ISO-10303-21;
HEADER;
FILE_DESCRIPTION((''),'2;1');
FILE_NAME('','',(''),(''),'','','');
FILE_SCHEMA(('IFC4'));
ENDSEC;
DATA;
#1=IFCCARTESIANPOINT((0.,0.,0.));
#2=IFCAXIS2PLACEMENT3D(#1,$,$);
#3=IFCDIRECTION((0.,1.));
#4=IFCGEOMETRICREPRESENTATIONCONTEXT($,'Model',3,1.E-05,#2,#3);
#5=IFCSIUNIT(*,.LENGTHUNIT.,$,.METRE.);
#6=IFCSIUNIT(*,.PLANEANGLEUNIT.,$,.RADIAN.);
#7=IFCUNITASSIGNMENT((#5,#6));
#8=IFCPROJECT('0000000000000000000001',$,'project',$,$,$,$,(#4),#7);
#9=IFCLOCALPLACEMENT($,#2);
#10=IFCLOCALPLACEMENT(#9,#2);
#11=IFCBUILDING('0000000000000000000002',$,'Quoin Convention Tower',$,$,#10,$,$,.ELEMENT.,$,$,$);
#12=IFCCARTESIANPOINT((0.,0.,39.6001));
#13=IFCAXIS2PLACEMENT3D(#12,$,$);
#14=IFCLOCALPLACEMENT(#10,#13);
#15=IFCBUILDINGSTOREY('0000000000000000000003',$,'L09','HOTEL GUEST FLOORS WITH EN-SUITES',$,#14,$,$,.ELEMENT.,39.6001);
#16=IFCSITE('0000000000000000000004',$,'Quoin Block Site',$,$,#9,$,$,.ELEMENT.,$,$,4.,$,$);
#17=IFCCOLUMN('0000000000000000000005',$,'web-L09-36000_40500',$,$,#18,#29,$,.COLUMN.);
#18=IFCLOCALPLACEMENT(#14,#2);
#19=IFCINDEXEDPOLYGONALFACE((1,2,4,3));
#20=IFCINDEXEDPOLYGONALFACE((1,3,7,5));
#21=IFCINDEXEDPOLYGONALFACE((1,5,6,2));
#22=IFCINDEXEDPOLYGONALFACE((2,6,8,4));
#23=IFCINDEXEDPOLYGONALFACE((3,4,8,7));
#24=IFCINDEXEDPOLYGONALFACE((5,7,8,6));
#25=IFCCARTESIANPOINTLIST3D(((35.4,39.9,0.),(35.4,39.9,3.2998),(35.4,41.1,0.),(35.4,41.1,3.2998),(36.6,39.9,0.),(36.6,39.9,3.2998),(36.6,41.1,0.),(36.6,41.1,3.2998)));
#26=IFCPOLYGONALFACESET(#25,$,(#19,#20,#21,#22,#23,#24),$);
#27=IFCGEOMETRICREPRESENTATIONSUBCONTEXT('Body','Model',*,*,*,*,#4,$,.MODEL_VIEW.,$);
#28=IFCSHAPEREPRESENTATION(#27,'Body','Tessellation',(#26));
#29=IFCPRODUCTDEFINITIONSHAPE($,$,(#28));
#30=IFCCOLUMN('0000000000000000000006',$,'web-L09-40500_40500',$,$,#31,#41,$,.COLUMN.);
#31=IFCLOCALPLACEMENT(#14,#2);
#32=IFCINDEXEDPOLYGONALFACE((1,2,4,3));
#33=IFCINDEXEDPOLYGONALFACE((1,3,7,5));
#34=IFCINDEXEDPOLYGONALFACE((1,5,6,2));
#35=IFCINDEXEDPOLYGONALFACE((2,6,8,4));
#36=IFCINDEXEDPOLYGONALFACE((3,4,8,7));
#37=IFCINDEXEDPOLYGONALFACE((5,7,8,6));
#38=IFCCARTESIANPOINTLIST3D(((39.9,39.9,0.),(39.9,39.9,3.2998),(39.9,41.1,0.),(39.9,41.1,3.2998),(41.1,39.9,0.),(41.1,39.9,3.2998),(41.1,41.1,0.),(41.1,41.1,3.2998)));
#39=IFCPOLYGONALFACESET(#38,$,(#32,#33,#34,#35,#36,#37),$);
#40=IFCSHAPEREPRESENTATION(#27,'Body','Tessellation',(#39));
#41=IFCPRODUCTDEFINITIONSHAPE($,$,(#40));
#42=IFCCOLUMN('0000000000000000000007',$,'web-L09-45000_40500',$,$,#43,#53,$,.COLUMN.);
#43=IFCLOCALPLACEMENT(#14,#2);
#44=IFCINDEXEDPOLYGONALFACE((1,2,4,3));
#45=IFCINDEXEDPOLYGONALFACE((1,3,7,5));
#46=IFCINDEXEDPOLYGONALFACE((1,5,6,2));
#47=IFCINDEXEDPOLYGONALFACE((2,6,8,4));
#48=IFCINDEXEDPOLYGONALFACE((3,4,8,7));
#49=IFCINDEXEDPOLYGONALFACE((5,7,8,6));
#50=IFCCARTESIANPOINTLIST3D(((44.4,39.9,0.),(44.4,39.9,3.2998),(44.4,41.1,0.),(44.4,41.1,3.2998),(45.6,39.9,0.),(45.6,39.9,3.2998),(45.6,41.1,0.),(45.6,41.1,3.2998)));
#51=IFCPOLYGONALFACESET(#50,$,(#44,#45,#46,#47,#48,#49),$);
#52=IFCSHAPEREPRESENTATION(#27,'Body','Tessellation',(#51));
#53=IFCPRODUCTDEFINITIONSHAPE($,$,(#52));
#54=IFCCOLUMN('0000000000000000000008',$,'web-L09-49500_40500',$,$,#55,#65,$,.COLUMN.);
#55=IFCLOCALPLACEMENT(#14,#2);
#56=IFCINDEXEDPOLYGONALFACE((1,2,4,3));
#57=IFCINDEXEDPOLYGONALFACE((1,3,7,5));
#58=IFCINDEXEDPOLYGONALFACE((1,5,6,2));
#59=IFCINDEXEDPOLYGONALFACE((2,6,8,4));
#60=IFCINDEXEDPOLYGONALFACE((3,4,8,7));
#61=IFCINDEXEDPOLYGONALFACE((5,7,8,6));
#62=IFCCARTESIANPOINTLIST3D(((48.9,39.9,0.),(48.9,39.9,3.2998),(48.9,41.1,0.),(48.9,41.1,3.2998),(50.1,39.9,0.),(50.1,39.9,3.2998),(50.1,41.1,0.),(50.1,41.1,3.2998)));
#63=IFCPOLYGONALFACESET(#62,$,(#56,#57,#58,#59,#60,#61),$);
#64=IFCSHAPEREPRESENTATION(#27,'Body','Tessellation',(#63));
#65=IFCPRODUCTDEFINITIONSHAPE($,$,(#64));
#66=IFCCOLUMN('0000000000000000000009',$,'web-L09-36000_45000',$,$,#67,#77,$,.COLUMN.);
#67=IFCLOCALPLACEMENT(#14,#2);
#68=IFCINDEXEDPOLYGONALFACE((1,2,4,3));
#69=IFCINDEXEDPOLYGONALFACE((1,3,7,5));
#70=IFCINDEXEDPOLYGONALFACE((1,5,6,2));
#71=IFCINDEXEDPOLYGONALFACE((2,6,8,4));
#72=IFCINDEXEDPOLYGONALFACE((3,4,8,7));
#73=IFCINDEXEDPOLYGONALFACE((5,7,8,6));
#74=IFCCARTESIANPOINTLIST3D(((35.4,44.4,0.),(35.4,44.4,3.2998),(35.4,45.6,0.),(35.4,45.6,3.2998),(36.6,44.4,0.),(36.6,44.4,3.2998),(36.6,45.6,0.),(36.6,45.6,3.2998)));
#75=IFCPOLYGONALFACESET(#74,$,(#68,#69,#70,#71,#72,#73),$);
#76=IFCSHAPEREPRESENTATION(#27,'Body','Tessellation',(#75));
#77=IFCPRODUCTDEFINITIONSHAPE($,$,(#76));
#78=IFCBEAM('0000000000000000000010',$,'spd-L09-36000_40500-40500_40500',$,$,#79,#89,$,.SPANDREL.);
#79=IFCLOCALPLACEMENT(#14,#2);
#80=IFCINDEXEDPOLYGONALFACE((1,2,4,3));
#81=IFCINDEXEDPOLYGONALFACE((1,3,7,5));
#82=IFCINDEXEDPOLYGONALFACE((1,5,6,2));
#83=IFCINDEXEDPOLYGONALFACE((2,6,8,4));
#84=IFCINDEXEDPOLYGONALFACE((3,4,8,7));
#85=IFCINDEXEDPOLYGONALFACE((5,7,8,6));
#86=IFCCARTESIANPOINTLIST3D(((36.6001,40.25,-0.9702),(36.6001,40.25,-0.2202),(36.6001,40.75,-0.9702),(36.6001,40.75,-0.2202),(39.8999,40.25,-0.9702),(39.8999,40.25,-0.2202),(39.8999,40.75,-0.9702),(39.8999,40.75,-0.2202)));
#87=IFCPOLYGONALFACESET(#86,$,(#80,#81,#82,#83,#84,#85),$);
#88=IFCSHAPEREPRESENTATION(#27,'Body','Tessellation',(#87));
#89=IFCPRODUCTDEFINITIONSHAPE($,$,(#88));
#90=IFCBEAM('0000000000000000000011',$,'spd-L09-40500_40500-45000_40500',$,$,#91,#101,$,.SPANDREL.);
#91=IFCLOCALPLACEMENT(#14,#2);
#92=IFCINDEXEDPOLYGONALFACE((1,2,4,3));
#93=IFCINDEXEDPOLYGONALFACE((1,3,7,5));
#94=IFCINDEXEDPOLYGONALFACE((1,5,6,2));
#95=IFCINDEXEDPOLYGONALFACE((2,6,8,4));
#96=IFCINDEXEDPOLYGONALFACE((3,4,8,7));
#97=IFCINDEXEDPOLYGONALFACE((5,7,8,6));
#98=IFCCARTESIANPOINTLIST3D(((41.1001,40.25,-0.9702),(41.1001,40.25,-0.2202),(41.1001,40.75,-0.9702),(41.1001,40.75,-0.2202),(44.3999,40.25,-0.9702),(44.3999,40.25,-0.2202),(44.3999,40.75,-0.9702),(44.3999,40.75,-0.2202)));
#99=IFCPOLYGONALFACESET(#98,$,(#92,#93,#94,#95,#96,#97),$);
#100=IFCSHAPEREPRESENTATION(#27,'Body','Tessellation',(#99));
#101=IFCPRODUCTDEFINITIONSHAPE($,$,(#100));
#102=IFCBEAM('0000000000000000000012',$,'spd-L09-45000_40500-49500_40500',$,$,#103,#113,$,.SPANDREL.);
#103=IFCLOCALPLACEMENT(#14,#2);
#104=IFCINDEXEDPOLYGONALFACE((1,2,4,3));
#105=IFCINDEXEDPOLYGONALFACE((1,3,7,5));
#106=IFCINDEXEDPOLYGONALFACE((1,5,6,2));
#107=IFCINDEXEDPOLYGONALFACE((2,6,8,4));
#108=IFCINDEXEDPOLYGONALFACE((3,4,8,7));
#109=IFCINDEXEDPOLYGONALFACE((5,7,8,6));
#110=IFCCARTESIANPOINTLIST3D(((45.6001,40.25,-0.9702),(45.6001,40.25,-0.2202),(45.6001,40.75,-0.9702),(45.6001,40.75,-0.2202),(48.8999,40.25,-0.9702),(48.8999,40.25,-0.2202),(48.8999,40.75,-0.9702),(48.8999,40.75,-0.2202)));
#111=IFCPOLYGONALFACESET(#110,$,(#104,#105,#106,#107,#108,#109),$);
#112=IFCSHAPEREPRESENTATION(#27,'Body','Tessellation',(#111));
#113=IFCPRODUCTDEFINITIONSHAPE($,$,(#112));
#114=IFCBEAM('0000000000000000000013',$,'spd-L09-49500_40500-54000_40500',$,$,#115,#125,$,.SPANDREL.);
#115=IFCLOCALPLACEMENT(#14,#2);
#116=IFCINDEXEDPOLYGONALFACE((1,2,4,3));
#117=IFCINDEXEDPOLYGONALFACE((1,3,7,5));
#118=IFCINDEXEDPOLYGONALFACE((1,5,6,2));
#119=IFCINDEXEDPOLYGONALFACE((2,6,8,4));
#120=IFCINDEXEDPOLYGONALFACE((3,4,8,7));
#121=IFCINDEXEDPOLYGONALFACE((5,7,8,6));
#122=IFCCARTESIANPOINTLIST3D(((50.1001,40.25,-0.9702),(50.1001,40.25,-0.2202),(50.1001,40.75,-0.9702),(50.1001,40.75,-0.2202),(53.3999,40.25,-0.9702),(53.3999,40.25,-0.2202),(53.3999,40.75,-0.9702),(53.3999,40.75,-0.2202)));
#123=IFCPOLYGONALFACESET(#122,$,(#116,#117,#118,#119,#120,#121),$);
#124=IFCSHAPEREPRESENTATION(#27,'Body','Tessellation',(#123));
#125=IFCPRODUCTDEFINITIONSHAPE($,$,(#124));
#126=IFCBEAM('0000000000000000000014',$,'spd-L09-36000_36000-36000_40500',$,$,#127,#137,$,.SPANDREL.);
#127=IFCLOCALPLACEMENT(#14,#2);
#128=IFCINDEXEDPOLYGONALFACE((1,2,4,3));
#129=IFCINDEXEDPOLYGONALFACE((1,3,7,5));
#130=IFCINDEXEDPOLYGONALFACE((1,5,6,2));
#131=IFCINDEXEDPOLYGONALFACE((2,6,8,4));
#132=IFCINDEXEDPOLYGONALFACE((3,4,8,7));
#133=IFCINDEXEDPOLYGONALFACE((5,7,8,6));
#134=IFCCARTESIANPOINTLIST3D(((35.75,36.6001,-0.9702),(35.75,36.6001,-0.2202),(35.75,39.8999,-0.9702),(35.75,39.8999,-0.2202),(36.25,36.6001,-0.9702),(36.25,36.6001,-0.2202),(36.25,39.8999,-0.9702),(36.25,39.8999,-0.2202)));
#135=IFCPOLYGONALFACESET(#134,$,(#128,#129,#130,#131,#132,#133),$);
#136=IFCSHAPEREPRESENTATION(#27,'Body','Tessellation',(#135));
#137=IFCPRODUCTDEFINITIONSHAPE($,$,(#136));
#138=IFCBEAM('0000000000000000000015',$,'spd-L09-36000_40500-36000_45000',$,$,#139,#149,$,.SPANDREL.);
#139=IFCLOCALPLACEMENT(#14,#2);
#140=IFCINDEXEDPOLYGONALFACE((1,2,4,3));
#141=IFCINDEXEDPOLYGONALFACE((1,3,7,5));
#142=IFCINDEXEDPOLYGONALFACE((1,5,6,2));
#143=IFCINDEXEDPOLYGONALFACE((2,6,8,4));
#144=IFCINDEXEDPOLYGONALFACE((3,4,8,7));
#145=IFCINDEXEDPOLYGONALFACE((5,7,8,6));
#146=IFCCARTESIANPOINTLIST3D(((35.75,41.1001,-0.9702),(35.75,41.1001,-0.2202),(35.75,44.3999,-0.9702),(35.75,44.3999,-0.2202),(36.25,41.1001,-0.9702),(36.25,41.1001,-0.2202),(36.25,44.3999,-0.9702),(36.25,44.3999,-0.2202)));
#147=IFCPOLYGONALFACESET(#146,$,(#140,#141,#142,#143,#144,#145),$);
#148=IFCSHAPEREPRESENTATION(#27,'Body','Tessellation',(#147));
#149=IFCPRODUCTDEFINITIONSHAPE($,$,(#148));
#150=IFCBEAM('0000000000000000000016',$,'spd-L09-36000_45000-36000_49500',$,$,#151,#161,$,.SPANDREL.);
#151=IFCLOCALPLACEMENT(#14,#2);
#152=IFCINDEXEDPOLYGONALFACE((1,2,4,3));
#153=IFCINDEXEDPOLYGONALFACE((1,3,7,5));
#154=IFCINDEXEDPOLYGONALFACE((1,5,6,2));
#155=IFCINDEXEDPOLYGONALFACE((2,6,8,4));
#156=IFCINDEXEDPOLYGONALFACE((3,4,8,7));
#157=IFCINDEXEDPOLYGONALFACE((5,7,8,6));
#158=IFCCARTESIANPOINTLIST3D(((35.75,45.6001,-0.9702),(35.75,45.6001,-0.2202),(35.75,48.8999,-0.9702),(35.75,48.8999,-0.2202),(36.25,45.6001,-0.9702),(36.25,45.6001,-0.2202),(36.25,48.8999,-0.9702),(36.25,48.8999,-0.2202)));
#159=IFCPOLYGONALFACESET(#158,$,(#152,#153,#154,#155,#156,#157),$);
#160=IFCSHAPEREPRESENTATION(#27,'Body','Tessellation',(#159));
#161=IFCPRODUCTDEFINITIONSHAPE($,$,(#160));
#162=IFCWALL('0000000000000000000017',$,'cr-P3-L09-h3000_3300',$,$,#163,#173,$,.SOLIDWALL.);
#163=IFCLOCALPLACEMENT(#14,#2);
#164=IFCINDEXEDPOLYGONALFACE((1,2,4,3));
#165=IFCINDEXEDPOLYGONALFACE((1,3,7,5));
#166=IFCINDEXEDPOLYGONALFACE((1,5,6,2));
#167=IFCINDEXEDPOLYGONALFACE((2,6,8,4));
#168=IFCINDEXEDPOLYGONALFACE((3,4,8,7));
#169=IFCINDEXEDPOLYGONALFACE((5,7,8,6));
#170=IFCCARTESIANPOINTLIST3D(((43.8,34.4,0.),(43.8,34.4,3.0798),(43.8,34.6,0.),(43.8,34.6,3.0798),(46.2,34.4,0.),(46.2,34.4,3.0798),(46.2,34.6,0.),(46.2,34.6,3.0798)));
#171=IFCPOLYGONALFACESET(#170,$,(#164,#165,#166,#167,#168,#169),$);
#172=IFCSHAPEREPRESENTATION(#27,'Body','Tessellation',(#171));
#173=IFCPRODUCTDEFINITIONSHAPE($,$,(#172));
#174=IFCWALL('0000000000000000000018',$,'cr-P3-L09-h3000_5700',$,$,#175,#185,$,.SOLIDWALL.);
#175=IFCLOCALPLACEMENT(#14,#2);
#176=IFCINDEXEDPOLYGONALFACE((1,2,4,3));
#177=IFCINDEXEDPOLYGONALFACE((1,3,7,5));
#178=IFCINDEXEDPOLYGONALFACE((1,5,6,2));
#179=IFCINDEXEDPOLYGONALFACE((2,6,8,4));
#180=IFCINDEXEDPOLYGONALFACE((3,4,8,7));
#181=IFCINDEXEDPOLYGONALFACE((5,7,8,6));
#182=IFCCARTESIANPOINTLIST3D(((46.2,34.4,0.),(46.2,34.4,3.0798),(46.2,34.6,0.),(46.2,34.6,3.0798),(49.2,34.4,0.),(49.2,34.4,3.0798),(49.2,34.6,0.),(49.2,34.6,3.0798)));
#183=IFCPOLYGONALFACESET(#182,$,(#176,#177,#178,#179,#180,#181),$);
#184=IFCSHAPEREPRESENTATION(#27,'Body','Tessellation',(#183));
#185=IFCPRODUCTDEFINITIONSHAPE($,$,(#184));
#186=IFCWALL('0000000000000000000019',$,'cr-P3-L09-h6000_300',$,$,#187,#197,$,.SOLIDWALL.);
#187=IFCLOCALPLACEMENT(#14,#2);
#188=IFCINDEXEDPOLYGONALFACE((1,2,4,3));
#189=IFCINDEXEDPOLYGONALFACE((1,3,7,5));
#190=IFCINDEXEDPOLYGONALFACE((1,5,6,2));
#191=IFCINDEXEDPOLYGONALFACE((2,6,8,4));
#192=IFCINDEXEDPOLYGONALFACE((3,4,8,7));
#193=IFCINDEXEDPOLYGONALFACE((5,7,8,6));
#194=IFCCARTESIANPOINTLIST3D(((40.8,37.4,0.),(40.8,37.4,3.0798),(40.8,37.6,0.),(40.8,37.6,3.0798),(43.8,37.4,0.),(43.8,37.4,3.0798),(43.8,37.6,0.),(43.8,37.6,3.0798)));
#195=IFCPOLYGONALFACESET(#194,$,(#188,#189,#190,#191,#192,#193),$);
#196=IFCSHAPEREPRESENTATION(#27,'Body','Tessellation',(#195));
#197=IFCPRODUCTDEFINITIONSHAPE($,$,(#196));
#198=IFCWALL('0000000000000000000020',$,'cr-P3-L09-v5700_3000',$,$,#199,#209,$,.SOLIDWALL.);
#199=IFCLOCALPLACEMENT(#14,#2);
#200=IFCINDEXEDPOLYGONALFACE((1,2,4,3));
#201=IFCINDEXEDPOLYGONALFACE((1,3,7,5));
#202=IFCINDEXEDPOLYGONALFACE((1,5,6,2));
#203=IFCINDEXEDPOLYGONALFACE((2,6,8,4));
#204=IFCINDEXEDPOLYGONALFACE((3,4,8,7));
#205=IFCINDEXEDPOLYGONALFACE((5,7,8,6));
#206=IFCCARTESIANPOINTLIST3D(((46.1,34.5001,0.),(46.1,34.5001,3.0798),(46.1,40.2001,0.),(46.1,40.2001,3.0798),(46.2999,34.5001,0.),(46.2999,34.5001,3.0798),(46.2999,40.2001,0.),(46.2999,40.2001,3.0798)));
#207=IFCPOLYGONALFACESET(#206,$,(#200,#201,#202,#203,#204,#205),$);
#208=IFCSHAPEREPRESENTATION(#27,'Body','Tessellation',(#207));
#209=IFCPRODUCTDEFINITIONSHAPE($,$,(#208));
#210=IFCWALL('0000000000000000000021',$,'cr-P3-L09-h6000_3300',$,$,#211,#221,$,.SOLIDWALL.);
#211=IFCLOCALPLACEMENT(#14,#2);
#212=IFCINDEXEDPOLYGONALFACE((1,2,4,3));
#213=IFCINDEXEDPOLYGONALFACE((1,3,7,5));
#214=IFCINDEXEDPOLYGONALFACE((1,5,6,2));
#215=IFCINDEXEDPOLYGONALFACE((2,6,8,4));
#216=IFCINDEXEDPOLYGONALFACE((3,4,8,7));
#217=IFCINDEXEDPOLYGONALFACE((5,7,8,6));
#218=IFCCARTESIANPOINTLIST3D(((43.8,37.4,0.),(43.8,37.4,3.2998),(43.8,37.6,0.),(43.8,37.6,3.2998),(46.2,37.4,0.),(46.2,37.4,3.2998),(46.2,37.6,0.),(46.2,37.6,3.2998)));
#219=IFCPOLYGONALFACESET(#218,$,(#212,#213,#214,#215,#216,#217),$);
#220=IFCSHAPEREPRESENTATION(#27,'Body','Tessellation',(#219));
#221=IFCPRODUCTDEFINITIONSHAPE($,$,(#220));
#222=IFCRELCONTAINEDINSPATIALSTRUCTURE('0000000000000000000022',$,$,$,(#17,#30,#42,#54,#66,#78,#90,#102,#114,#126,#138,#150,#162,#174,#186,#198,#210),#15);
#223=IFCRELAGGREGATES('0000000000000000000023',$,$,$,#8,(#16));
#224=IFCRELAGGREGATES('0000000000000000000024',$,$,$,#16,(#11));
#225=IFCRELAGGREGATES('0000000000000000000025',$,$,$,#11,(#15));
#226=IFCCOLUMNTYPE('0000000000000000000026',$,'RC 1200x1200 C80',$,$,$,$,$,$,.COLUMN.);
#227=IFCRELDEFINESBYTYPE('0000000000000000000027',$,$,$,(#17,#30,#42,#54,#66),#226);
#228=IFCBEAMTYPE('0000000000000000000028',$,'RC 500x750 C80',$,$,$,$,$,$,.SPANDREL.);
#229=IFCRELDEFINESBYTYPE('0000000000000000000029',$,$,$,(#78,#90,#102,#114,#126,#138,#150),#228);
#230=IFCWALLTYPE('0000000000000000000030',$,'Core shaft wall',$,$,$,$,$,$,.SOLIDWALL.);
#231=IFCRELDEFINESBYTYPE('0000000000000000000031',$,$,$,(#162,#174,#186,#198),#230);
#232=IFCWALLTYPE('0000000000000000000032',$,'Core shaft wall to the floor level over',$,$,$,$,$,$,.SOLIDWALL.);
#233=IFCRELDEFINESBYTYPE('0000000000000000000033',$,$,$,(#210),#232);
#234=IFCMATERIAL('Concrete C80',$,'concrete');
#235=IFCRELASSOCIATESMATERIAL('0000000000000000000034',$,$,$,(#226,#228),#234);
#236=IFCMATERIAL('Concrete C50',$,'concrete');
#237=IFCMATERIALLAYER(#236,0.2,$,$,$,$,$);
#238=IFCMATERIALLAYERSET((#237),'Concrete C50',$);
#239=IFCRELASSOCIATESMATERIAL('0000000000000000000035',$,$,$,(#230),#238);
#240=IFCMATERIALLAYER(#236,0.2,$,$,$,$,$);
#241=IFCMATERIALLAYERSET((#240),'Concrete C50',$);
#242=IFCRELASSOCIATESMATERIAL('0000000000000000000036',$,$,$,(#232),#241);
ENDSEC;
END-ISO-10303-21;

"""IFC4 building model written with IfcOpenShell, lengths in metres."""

from ifc_helpers import new_model, si_unit, direction, frame, frame_2d, origin, origin_2d, place, context, subcontext, project, spatial, rectangle, extrude, material, layer, layer_set, material_profile, profile_set, type_object, element, save


model = new_model("IFC4")

# Units and contexts
model_context = context("Model", 3, precision=1e-05, world=origin(), true_north=direction((0.0, 1.0)))
body_context = subcontext(model_context, "Body", "Model", "MODEL_VIEW")
ifc_project = project(units=[si_unit("LENGTHUNIT", "METRE"), si_unit("PLANEANGLEUNIT", "RADIAN")], contexts=[model_context])

# Site, building, storey
site_placement = place(None, origin())
site = spatial("IfcSite", under=ifc_project, at=site_placement, Name="Quoin Block Site", CompositionType="ELEMENT", RefElevation=4.0)
building_placement = place(site_placement, origin())
building = spatial("IfcBuilding", under=site, at=building_placement, Name="Quoin Convention Tower", CompositionType="ELEMENT")
storey_placement = place(building_placement, frame((0.0, 0.0, 39.6001)))
storey = spatial("IfcBuildingStorey", under=building, at=storey_placement, Name="L09", Description="HOTEL GUEST FLOORS WITH EN-SUITES", CompositionType="ELEMENT", Elevation=39.6001)

# Columns
ifc_material_1 = material(Name="Concrete C80", Category="concrete")
ifc_material_profile_1 = material_profile(ifc_material_1, rectangle(XDim=1.2, YDim=1.2, at=origin_2d()), Name="RC 1200x1200")
ifc_profile_set_1 = profile_set([ifc_material_profile_1], Name="Concrete C80")
column_type = type_object("IfcColumnType", Name="RC 1200x1200 C80", PredefinedType="COLUMN", material=ifc_profile_set_1)
for number, where, z_axis, x_axis, name in (
    (1, (36.0, 40.5, 0.0), (0.0, 0.0, 1.0), (1.0, 0.0, 0.0), "web-L09-36000_40500"),
    (2, (40.5, 40.5, 0.0), (0.0, 0.0, 1.0), (1.0, 0.0, 0.0), "web-L09-40500_40500"),
    (3, (45.0, 40.5, 0.0), (0.0, 0.0, 1.0), (1.0, 0.0, 0.0), "web-L09-45000_40500"),
    (4, (49.5, 40.5, 0.0), (0.0, 0.0, 1.0), (1.0, 0.0, 0.0), "web-L09-49500_40500"),
    (5, (36.0, 45.0, 0.0), (0.0, 0.0, 1.0), (1.0, 0.0, 0.0), "web-L09-36000_45000"),
):
    element("IfcColumn", number, at=place(storey_placement, frame(where, z_axis=z_axis, x_axis=x_axis)), inside=storey, type_object=column_type, Name=name, PredefinedType="COLUMN", context=body_context, shape_type="SweptSolid", body=[
        extrude(rectangle(XDim=1.2, YDim=1.2, at=origin_2d()), origin(), (0.0, 0.0, 1.0), 3.2998),
    ])

# Beams
ifc_material_profile_2 = material_profile(ifc_material_1, rectangle(XDim=0.5, YDim=0.75, at=origin_2d()), Name="RC 500x750")
ifc_profile_set_2 = profile_set([ifc_material_profile_2], Name="Concrete C80")
beam_type = type_object("IfcBeamType", Name="RC 500x750 C80", PredefinedType="SPANDREL", material=ifc_profile_set_2)
for number, where, z_axis, x_axis, name in (
    (6, (36.6001, 40.5, -0.5952), (1.0, 0.0, 0.0), (0.0, 1.0, 0.0), "spd-L09-36000_40500-40500_40500"),
    (7, (41.1001, 40.5, -0.5952), (1.0, 0.0, 0.0), (0.0, 1.0, 0.0), "spd-L09-40500_40500-45000_40500"),
    (8, (45.6001, 40.5, -0.5952), (1.0, 0.0, 0.0), (0.0, 1.0, 0.0), "spd-L09-45000_40500-49500_40500"),
    (9, (50.1001, 40.5, -0.5952), (1.0, 0.0, 0.0), (0.0, 1.0, 0.0), "spd-L09-49500_40500-54000_40500"),
    (10, (36.0, 36.6001, -0.5952), (0.0, 1.0, 0.0), (-1.0, 0.0, 0.0), "spd-L09-36000_36000-36000_40500"),
    (11, (36.0, 41.1001, -0.5952), (0.0, 1.0, 0.0), (-1.0, 0.0, 0.0), "spd-L09-36000_40500-36000_45000"),
    (12, (36.0, 45.6001, -0.5952), (0.0, 1.0, 0.0), (-1.0, 0.0, 0.0), "spd-L09-36000_45000-36000_49500"),
):
    element("IfcBeam", number, at=place(storey_placement, frame(where, z_axis=z_axis, x_axis=x_axis)), inside=storey, type_object=beam_type, Name=name, PredefinedType="SPANDREL", context=body_context, shape_type="SweptSolid", body=[
        extrude(rectangle(XDim=0.5, YDim=0.75, at=origin_2d()), origin(), (0.0, 0.0, 1.0), 3.2998),
    ])

# Walls
ifc_material_2 = material(Name="Concrete C50", Category="concrete")
ifc_layer_1 = layer(ifc_material_2, 0.2)
ifc_layer_set_1 = layer_set([ifc_layer_1], Name="Concrete C50")
wall_type_1 = type_object("IfcWallType", Name="Core shaft wall", PredefinedType="SOLIDWALL", material=ifc_layer_set_1)
wall_1_placement = place(storey_placement, frame((43.8, 34.5, 0.0), z_axis=(0.0, 0.0, 1.0), x_axis=(1.0, 0.0, 0.0)))
element("IfcWall", 13, at=wall_1_placement, inside=storey, type_object=wall_type_1, Name="cr-P3-L09-h3000_3300", PredefinedType="SOLIDWALL", context=body_context, shape_type="SweptSolid", body=[
    extrude(rectangle(XDim=2.3999, YDim=0.2, at=frame_2d((1.2, 0.0))), origin(), (0.0, 0.0, 1.0), 3.0798),
])
for number, where, z_axis, x_axis, name in (
    (14, (46.2, 34.5, 0.0), (0.0, 0.0, 1.0), (1.0, 0.0, 0.0), "cr-P3-L09-h3000_5700"),
    (15, (40.8, 37.5, 0.0), (0.0, 0.0, 1.0), (1.0, 0.0, 0.0), "cr-P3-L09-h6000_300"),
):
    element("IfcWall", number, at=place(storey_placement, frame(where, z_axis=z_axis, x_axis=x_axis)), inside=storey, type_object=wall_type_1, Name=name, PredefinedType="SOLIDWALL", context=body_context, shape_type="SweptSolid", body=[
        extrude(rectangle(XDim=3.0, YDim=0.2, at=frame_2d((1.5, 0.0))), origin(), (0.0, 0.0, 1.0), 3.0798),
    ])
wall_2_placement = place(storey_placement, frame((46.2, 34.5, 0.0), z_axis=(0.0, 0.0, 1.0), x_axis=(0.0, 1.0, 0.0)))
element("IfcWall", 16, at=wall_2_placement, inside=storey, type_object=wall_type_1, Name="cr-P3-L09-v5700_3000", PredefinedType="SOLIDWALL", context=body_context, shape_type="SweptSolid", body=[
    extrude(rectangle(XDim=5.7, YDim=0.2, at=frame_2d((2.8501, 0.0))), origin(), (0.0, 0.0, 1.0), 3.0798),
])
ifc_layer_2 = layer(ifc_material_2, 0.2)
ifc_layer_set_2 = layer_set([ifc_layer_2], Name="Concrete C50")
wall_type_2 = type_object("IfcWallType", Name="Core shaft wall to the floor level over", PredefinedType="SOLIDWALL", material=ifc_layer_set_2)
wall_3_placement = place(storey_placement, frame((43.8, 37.5, 0.0), z_axis=(0.0, 0.0, 1.0), x_axis=(1.0, 0.0, 0.0)))
element("IfcWall", 17, at=wall_3_placement, inside=storey, type_object=wall_type_2, Name="cr-P3-L09-h6000_3300", PredefinedType="SOLIDWALL", context=body_context, shape_type="SweptSolid", body=[
    extrude(rectangle(XDim=2.3999, YDim=0.2, at=frame_2d((1.2, 0.0))), origin(), (0.0, 0.0, 1.0), 3.2998),
])

save(model, "model.ifc")
